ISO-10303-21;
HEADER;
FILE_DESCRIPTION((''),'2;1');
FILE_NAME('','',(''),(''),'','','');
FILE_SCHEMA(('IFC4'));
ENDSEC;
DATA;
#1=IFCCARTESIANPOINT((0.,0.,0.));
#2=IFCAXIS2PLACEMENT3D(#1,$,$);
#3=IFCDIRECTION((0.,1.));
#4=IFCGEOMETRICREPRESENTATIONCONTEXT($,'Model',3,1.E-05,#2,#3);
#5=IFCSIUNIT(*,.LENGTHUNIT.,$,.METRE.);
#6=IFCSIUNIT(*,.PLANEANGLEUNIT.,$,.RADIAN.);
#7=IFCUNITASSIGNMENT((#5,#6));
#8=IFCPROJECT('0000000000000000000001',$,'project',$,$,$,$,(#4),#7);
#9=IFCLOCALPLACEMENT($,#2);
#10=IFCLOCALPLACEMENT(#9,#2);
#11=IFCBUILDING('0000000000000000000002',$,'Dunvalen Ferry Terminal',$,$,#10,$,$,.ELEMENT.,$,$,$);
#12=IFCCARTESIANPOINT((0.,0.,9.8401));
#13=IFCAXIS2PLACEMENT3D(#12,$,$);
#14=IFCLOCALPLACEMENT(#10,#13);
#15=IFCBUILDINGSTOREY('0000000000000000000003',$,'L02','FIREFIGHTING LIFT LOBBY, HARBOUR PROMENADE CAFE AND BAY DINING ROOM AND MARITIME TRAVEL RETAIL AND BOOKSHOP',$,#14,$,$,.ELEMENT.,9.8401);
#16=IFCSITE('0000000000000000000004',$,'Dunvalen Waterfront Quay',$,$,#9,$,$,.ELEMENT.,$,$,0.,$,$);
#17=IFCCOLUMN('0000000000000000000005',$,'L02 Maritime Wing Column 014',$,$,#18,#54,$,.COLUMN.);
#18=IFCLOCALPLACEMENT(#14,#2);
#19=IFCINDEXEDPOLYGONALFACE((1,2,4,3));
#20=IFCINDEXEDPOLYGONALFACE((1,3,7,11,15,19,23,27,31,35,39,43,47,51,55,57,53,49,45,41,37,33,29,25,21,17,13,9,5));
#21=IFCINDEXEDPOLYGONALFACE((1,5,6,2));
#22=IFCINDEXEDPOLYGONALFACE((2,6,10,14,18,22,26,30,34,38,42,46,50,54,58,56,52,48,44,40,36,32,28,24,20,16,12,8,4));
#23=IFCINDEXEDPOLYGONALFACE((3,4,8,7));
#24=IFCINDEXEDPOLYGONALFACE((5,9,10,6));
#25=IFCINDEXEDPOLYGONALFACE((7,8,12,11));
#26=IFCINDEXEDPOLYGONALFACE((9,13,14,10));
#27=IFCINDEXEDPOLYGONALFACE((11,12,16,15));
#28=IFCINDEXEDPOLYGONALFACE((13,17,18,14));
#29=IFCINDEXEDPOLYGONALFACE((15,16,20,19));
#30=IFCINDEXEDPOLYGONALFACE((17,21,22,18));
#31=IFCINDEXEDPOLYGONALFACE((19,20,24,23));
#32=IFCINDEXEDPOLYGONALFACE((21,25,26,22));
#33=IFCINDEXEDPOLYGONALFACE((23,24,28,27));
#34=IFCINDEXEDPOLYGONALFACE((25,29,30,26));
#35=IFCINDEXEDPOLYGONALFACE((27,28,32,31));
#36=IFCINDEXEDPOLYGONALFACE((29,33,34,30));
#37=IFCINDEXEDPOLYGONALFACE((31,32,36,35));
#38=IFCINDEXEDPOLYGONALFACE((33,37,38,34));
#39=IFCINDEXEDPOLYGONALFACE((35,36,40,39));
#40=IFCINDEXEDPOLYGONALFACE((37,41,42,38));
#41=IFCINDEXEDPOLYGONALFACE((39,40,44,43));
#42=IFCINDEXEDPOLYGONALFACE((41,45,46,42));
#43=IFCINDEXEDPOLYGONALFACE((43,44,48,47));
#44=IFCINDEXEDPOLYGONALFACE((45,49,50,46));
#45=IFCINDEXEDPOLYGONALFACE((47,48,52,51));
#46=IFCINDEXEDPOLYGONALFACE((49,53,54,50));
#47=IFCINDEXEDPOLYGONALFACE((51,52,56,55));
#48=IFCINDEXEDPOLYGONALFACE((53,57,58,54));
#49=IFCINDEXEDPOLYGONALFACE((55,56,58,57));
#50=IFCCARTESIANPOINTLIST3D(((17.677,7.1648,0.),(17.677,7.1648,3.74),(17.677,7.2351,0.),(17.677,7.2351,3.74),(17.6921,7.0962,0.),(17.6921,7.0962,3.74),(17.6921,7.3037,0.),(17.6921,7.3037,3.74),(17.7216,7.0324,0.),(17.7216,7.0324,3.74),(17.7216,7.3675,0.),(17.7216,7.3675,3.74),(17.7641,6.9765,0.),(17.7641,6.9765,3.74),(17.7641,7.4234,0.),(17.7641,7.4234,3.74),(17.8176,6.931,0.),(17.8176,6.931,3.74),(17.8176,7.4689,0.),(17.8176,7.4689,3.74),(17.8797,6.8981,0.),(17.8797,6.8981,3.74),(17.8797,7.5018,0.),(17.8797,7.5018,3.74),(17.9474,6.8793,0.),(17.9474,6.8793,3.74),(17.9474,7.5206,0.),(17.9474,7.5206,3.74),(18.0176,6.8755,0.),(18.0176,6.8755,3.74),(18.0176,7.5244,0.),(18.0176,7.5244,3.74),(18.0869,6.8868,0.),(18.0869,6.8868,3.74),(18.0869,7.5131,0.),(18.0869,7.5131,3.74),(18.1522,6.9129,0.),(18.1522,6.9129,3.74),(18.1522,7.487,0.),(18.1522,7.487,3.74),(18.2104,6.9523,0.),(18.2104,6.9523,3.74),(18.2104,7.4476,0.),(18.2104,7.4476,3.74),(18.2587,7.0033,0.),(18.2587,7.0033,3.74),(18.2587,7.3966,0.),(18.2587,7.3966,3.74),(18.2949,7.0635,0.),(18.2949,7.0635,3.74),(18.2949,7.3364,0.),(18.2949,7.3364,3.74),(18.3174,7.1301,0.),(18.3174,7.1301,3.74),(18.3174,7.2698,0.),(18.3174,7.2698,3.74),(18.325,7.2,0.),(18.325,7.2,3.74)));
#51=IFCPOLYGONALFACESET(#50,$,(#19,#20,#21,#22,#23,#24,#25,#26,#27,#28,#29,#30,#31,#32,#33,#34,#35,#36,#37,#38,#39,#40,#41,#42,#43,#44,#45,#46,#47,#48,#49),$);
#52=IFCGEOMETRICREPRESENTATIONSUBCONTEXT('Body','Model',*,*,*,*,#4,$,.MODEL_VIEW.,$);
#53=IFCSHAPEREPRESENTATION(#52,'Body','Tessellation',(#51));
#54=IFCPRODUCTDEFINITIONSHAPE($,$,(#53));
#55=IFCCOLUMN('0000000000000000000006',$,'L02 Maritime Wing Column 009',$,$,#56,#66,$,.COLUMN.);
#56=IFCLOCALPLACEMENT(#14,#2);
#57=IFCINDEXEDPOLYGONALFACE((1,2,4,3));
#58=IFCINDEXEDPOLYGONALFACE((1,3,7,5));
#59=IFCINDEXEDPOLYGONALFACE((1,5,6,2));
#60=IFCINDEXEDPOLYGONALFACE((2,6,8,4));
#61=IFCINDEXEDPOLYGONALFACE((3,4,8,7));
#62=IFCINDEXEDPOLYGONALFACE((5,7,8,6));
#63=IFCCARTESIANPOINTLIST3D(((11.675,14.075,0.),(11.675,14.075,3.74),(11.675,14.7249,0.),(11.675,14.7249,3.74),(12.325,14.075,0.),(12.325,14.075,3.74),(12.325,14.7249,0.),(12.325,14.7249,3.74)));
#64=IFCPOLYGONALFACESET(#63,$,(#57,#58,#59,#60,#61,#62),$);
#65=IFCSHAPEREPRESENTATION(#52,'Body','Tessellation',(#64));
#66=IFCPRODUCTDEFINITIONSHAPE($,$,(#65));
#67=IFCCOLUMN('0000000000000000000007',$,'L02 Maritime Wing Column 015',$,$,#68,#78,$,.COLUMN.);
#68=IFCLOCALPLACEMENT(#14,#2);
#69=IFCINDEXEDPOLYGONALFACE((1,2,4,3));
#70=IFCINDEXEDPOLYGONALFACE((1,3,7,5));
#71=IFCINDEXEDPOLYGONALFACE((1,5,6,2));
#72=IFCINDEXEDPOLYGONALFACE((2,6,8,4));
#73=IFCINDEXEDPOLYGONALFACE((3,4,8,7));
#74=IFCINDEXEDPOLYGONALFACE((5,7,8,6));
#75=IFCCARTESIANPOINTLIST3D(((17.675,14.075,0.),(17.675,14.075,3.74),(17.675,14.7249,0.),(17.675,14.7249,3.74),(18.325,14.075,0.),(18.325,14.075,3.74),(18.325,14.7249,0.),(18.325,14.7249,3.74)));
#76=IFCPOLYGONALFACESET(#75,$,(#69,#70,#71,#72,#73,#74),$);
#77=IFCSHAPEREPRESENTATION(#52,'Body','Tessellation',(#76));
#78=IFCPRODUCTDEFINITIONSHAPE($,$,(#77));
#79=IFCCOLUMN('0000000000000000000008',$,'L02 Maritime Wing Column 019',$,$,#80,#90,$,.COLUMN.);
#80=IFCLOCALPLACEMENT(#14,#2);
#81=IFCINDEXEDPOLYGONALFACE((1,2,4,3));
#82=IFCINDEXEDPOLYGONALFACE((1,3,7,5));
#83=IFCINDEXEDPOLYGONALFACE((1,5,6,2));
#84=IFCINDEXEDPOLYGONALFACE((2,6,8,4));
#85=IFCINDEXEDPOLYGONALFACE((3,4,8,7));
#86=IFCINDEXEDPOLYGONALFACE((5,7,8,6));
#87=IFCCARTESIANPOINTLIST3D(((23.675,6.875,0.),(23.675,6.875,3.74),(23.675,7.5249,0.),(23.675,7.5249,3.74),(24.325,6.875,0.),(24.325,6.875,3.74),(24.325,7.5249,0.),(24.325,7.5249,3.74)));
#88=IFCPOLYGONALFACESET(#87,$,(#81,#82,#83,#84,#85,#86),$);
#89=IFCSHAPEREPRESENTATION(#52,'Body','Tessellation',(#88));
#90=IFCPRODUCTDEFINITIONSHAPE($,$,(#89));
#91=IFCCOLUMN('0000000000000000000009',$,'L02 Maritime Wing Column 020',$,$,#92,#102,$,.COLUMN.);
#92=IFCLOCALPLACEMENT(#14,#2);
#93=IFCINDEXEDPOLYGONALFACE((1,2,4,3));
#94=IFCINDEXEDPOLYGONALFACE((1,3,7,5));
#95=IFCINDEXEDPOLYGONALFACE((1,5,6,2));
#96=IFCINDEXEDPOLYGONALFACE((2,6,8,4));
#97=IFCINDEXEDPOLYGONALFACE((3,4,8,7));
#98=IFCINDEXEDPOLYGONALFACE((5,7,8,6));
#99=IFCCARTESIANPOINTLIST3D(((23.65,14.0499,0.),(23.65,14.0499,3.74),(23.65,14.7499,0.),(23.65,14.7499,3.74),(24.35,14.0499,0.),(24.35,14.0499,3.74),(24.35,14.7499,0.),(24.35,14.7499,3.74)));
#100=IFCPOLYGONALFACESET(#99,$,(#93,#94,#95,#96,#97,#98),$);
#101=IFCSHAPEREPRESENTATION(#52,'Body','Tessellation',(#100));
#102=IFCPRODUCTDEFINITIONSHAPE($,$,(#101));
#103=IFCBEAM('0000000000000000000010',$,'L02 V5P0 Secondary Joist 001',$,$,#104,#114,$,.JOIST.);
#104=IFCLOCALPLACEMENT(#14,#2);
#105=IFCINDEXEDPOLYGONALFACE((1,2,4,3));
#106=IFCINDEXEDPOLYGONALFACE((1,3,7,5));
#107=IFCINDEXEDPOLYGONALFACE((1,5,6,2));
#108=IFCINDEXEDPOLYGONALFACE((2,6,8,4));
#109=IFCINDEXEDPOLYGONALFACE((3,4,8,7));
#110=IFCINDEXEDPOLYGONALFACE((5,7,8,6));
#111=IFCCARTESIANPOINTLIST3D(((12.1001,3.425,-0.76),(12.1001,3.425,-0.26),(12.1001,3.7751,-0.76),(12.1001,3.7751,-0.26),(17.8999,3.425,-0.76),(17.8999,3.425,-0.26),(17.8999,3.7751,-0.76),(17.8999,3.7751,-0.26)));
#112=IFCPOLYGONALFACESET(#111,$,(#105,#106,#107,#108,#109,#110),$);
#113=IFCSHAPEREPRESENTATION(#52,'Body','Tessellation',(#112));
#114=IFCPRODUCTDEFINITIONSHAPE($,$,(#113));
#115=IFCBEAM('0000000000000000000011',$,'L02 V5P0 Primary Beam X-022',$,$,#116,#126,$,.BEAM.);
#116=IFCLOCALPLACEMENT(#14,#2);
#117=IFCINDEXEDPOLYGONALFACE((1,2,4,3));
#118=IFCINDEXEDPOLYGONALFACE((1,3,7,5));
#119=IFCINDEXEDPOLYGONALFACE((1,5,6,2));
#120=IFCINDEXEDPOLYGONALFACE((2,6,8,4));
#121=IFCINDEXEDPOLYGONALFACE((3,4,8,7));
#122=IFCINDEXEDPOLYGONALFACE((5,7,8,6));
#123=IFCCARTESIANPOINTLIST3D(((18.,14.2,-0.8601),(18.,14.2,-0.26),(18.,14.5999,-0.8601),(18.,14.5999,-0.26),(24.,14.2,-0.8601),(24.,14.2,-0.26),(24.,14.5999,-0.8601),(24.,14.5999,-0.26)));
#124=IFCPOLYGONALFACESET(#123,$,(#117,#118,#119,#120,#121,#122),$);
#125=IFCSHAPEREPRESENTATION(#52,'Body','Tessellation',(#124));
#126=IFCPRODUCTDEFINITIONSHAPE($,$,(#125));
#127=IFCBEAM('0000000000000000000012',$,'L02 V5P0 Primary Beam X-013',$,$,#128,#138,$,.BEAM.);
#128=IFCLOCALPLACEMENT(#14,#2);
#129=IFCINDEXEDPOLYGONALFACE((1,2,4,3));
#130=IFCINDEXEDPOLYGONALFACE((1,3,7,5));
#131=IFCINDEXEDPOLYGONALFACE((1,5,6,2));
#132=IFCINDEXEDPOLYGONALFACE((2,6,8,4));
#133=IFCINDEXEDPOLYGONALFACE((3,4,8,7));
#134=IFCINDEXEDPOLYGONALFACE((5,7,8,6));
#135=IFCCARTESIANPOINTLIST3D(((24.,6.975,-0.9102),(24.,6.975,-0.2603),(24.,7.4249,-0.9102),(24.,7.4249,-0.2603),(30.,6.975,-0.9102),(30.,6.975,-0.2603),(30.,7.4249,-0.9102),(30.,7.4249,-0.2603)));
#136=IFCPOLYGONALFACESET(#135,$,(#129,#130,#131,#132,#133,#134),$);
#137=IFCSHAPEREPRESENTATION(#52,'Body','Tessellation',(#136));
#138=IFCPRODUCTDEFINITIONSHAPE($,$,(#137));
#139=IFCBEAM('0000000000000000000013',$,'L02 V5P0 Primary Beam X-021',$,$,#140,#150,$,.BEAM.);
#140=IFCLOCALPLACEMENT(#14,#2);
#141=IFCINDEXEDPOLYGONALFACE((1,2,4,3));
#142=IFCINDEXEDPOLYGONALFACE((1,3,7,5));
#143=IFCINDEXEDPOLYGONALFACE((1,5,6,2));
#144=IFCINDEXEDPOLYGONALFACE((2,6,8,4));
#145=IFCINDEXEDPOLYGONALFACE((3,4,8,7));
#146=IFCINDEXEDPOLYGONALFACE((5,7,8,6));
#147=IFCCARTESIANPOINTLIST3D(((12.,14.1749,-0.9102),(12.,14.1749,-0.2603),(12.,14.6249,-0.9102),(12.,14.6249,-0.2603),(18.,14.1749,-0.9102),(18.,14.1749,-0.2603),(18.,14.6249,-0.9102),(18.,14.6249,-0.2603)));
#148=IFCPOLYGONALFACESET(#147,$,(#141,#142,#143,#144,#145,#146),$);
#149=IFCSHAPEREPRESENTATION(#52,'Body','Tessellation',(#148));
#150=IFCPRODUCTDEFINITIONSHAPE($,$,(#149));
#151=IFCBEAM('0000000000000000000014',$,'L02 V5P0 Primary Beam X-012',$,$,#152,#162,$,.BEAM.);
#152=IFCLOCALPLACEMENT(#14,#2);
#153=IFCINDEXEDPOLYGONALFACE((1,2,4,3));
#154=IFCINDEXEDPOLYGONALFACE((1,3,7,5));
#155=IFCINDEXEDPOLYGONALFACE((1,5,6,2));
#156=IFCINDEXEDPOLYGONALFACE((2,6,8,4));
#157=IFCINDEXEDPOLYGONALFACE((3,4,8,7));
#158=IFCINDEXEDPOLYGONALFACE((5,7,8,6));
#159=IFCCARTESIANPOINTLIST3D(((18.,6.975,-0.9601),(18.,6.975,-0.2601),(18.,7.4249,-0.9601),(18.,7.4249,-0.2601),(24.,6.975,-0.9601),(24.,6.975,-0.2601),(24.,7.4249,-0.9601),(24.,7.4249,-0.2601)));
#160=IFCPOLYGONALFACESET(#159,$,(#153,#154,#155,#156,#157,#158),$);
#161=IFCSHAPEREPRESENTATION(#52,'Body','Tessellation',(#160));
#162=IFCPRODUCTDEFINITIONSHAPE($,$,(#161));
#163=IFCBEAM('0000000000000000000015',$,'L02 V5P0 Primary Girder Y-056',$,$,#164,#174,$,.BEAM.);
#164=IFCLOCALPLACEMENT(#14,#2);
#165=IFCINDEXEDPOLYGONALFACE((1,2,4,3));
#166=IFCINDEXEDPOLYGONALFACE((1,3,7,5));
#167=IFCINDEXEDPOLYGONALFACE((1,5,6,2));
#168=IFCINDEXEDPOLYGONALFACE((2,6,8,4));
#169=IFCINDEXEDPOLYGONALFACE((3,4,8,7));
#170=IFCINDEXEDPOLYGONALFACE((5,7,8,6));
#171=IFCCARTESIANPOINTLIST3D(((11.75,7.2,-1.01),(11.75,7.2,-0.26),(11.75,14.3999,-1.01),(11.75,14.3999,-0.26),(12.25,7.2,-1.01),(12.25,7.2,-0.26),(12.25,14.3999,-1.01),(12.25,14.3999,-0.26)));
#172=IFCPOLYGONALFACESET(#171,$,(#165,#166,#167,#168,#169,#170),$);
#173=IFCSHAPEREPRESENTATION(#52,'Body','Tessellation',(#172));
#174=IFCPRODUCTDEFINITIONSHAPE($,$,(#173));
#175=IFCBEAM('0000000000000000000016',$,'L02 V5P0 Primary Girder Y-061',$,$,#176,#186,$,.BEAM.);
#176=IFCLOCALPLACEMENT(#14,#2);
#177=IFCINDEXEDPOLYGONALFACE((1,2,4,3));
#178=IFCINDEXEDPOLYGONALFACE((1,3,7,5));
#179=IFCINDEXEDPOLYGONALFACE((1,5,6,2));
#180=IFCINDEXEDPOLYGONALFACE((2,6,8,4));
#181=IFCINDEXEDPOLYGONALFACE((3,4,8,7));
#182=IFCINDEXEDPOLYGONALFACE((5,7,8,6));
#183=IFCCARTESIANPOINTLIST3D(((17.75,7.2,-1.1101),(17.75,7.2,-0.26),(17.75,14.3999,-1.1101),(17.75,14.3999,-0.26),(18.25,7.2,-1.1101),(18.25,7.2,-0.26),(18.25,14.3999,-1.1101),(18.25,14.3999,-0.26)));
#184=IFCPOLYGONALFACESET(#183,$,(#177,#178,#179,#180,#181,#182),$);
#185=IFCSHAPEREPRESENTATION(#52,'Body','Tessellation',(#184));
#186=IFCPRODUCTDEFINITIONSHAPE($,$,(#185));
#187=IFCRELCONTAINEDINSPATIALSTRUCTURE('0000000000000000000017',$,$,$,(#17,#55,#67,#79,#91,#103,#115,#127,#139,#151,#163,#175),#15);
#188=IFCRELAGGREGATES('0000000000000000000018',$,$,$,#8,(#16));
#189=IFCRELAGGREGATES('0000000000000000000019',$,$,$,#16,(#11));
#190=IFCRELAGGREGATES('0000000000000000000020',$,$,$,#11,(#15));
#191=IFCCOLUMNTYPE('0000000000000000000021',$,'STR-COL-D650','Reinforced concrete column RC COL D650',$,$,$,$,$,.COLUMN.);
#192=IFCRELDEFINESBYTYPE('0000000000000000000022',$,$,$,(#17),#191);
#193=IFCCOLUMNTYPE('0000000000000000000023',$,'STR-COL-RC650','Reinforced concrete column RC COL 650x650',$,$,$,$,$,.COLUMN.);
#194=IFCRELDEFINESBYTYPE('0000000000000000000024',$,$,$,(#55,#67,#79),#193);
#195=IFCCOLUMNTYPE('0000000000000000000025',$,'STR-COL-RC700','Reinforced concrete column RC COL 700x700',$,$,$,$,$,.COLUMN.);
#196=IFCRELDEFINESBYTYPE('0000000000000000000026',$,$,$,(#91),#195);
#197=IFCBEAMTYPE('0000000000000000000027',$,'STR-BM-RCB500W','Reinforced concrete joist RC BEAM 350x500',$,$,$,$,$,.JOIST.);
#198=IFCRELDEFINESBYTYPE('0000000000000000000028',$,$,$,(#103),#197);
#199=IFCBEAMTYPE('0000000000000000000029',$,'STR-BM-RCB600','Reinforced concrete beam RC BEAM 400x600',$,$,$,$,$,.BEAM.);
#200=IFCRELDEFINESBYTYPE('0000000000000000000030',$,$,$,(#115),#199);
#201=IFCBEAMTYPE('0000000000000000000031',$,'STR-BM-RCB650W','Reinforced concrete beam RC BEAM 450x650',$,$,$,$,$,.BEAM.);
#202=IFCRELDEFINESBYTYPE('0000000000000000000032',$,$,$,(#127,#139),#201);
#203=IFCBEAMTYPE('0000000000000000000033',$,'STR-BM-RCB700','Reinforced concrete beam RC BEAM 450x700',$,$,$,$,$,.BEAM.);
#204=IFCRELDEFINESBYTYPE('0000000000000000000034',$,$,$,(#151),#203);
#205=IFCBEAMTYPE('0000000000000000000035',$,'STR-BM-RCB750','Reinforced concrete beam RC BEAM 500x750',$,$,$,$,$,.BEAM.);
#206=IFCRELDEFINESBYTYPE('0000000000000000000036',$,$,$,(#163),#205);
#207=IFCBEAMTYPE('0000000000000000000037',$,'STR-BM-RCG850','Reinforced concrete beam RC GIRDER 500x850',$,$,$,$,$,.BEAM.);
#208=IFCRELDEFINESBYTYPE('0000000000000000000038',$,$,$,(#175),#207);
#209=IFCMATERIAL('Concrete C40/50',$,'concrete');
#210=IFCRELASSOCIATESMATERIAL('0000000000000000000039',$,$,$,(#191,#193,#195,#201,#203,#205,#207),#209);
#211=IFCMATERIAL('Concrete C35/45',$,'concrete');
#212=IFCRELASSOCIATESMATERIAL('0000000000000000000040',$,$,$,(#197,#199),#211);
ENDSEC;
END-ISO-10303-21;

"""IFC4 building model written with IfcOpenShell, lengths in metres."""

from ifc_helpers import new_model, si_unit, direction, frame, origin, origin_2d, place, context, subcontext, project, spatial, rectangle, circle, extrude, material, material_profile, profile_set, type_object, element, save


model = new_model("IFC4")

# Units and contexts
model_context = context("Model", 3, precision=1e-05, world=origin(), true_north=direction((0.0, 1.0)))
body_context = subcontext(model_context, "Body", "Model", "MODEL_VIEW")
ifc_project = project(units=[si_unit("LENGTHUNIT", "METRE"), si_unit("PLANEANGLEUNIT", "RADIAN")], contexts=[model_context])

# Site, building, storey
site_placement = place(None, origin())
site = spatial("IfcSite", under=ifc_project, at=site_placement, Name="Dunvalen Waterfront Quay", CompositionType="ELEMENT", RefElevation=0.0)
building_placement = place(site_placement, origin())
building = spatial("IfcBuilding", under=site, at=building_placement, Name="Dunvalen Ferry Terminal", CompositionType="ELEMENT")
storey_placement = place(building_placement, frame((0.0, 0.0, 9.8401)))
storey = spatial("IfcBuildingStorey", under=building, at=storey_placement, Name="L02", Description="FIREFIGHTING LIFT LOBBY, HARBOUR PROMENADE CAFE AND BAY DINING ROOM AND MARITIME TRAVEL RETAIL AND BOOKSHOP", CompositionType="ELEMENT", Elevation=9.8401)

# Columns
ifc_material_1 = material(Name="Concrete C40/50", Category="concrete")
ifc_material_profile_1 = material_profile(ifc_material_1, circle(Radius=0.325, at=origin_2d()), Name="Concrete C40/50")
ifc_profile_set_1 = profile_set([ifc_material_profile_1], Name="Concrete C40/50")
column_type_1 = type_object("IfcColumnType", Name="STR-COL-D650", Description="Reinforced concrete column RC COL D650", PredefinedType="COLUMN", material=ifc_profile_set_1)
column_1_placement = place(storey_placement, frame((18.0, 7.2, 0.0), z_axis=(0.0, 0.0, 1.0), x_axis=(1.0, 0.0, 0.0)))
element("IfcColumn", 1, at=column_1_placement, inside=storey, type_object=column_type_1, Name="L02 Maritime Wing Column 014", PredefinedType="COLUMN", context=body_context, shape_type="SweptSolid", body=[
    extrude(circle(Radius=0.325, at=origin_2d()), origin(), (0.0, 0.0, 1.0), 3.74),
])
ifc_material_profile_2 = material_profile(ifc_material_1, rectangle(XDim=0.6499, YDim=0.6499, at=origin_2d()), Name="Concrete C40/50")
ifc_profile_set_2 = profile_set([ifc_material_profile_2], Name="Concrete C40/50")
column_type_2 = type_object("IfcColumnType", Name="STR-COL-RC650", Description="Reinforced concrete column RC COL 650x650", PredefinedType="COLUMN", material=ifc_profile_set_2)
for number, where, z_axis, x_axis, name in (
    (2, (12.0, 14.3999, 0.0), (0.0, 0.0, 1.0), (1.0, 0.0, 0.0), "L02 Maritime Wing Column 009"),
    (3, (18.0, 14.3999, 0.0), (0.0, 0.0, 1.0), (1.0, 0.0, 0.0), "L02 Maritime Wing Column 015"),
    (4, (24.0, 7.2, 0.0), (0.0, 0.0, 1.0), (1.0, 0.0, 0.0), "L02 Maritime Wing Column 019"),
):
    element("IfcColumn", number, at=place(storey_placement, frame(where, z_axis=z_axis, x_axis=x_axis)), inside=storey, type_object=column_type_2, Name=name, PredefinedType="COLUMN", context=body_context, shape_type="SweptSolid", body=[
        extrude(rectangle(XDim=0.6499, YDim=0.6499, at=origin_2d()), origin(), (0.0, 0.0, 1.0), 3.74),
    ])
ifc_material_profile_3 = material_profile(ifc_material_1, rectangle(XDim=0.7, YDim=0.7, at=origin_2d()), Name="Concrete C40/50")
ifc_profile_set_3 = profile_set([ifc_material_profile_3], Name="Concrete C40/50")
column_type_3 = type_object("IfcColumnType", Name="STR-COL-RC700", Description="Reinforced concrete column RC COL 700x700", PredefinedType="COLUMN", material=ifc_profile_set_3)
column_2_placement = place(storey_placement, frame((24.0, 14.3999, 0.0), z_axis=(0.0, 0.0, 1.0), x_axis=(1.0, 0.0, 0.0)))
element("IfcColumn", 5, at=column_2_placement, inside=storey, type_object=column_type_3, Name="L02 Maritime Wing Column 020", PredefinedType="COLUMN", context=body_context, shape_type="SweptSolid", body=[
    extrude(rectangle(XDim=0.7, YDim=0.7, at=origin_2d()), origin(), (0.0, 0.0, 1.0), 3.74),
])

# Beams
ifc_material_2 = material(Name="Concrete C35/45", Category="concrete")
ifc_material_profile_4 = material_profile(ifc_material_2, rectangle(XDim=0.3501, YDim=0.5, at=origin_2d()), Name="Concrete C35/45")
ifc_profile_set_4 = profile_set([ifc_material_profile_4], Name="Concrete C35/45")
beam_type_1 = type_object("IfcBeamType", Name="STR-BM-RCB500W", Description="Reinforced concrete joist RC BEAM 350x500", PredefinedType="JOIST", material=ifc_profile_set_4)
beam_1_placement = place(storey_placement, frame((12.1001, 3.6001, -0.51), z_axis=(1.0, 0.0, 0.0), x_axis=(0.0, 1.0, 0.0)))
element("IfcBeam", 6, at=beam_1_placement, inside=storey, type_object=beam_type_1, Name="L02 V5P0 Secondary Joist 001", PredefinedType="JOIST", context=body_context, shape_type="SweptSolid", body=[
    extrude(rectangle(XDim=0.3501, YDim=0.5, at=origin_2d()), origin(), (0.0, 0.0, 1.0), 5.7998),
])
ifc_material_profile_5 = material_profile(ifc_material_2, rectangle(XDim=0.3999, YDim=0.6001, at=origin_2d()), Name="Concrete C35/45")
ifc_profile_set_5 = profile_set([ifc_material_profile_5], Name="Concrete C35/45")
beam_type_2 = type_object("IfcBeamType", Name="STR-BM-RCB600", Description="Reinforced concrete beam RC BEAM 400x600", PredefinedType="BEAM", material=ifc_profile_set_5)
beam_2_placement = place(storey_placement, frame((18.0, 14.3999, -0.5601), z_axis=(1.0, 0.0, 0.0), x_axis=(0.0, 1.0, 0.0)))
element("IfcBeam", 7, at=beam_2_placement, inside=storey, type_object=beam_type_2, Name="L02 V5P0 Primary Beam X-022", PredefinedType="BEAM", context=body_context, shape_type="SweptSolid", body=[
    extrude(rectangle(XDim=0.3999, YDim=0.6001, at=origin_2d()), origin(), (0.0, 0.0, 1.0), 6.0),
])
ifc_material_profile_6 = material_profile(ifc_material_1, rectangle(XDim=0.45, YDim=0.6499, at=origin_2d()), Name="Concrete C40/50")
ifc_profile_set_6 = profile_set([ifc_material_profile_6], Name="Concrete C40/50")
beam_type_3 = type_object("IfcBeamType", Name="STR-BM-RCB650W", Description="Reinforced concrete beam RC BEAM 450x650", PredefinedType="BEAM", material=ifc_profile_set_6)
for number, where, z_axis, x_axis, name in (
    (8, (24.0, 7.2, -0.5852), (1.0, 0.0, 0.0), (0.0, 1.0, 0.0), "L02 V5P0 Primary Beam X-013"),
    (9, (12.0, 14.3999, -0.5852), (1.0, 0.0, 0.0), (0.0, 1.0, 0.0), "L02 V5P0 Primary Beam X-021"),
):
    element("IfcBeam", number, at=place(storey_placement, frame(where, z_axis=z_axis, x_axis=x_axis)), inside=storey, type_object=beam_type_3, Name=name, PredefinedType="BEAM", context=body_context, shape_type="SweptSolid", body=[
        extrude(rectangle(XDim=0.45, YDim=0.6499, at=origin_2d()), origin(), (0.0, 0.0, 1.0), 6.0),
    ])
ifc_material_profile_7 = material_profile(ifc_material_1, rectangle(XDim=0.45, YDim=0.7, at=origin_2d()), Name="Concrete C40/50")
ifc_profile_set_7 = profile_set([ifc_material_profile_7], Name="Concrete C40/50")
beam_type_4 = type_object("IfcBeamType", Name="STR-BM-RCB700", Description="Reinforced concrete beam RC BEAM 450x700", PredefinedType="BEAM", material=ifc_profile_set_7)
beam_3_placement = place(storey_placement, frame((18.0, 7.2, -0.6101), z_axis=(1.0, 0.0, 0.0), x_axis=(0.0, 1.0, 0.0)))
element("IfcBeam", 10, at=beam_3_placement, inside=storey, type_object=beam_type_4, Name="L02 V5P0 Primary Beam X-012", PredefinedType="BEAM", context=body_context, shape_type="SweptSolid", body=[
    extrude(rectangle(XDim=0.45, YDim=0.7, at=origin_2d()), origin(), (0.0, 0.0, 1.0), 6.0),
])
ifc_material_profile_8 = material_profile(ifc_material_1, rectangle(XDim=0.5, YDim=0.75, at=origin_2d()), Name="Concrete C40/50")
ifc_profile_set_8 = profile_set([ifc_material_profile_8], Name="Concrete C40/50")
beam_type_5 = type_object("IfcBeamType", Name="STR-BM-RCB750", Description="Reinforced concrete beam RC BEAM 500x750", PredefinedType="BEAM", material=ifc_profile_set_8)
beam_4_placement = place(storey_placement, frame((12.0, 7.2, -0.635), z_axis=(0.0, 1.0, 0.0), x_axis=(-1.0, 0.0, 0.0)))
element("IfcBeam", 11, at=beam_4_placement, inside=storey, type_object=beam_type_5, Name="L02 V5P0 Primary Girder Y-056", PredefinedType="BEAM", context=body_context, shape_type="SweptSolid", body=[
    extrude(rectangle(XDim=0.5, YDim=0.75, at=origin_2d()), origin(), (0.0, 0.0, 1.0), 7.2),
])
ifc_material_profile_9 = material_profile(ifc_material_1, rectangle(XDim=0.5, YDim=0.8501, at=origin_2d()), Name="Concrete C40/50")
ifc_profile_set_9 = profile_set([ifc_material_profile_9], Name="Concrete C40/50")
beam_type_6 = type_object("IfcBeamType", Name="STR-BM-RCG850", Description="Reinforced concrete beam RC GIRDER 500x850", PredefinedType="BEAM", material=ifc_profile_set_9)
for number, where, z_axis, x_axis, name in (
    (12, (18.0, 7.2, -0.6851), (0.0, 1.0, 0.0), (-1.0, 0.0, 0.0), "L02 V5P0 Primary Girder Y-061"),
):
    element("IfcBeam", number, at=place(storey_placement, frame(where, z_axis=z_axis, x_axis=x_axis)), inside=storey, type_object=beam_type_6, Name=name, PredefinedType="BEAM", context=body_context, shape_type="SweptSolid", body=[
        extrude(rectangle(XDim=0.5, YDim=0.8501, at=origin_2d()), origin(), (0.0, 0.0, 1.0), 7.2),
    ])

save(model, "model.ifc")
